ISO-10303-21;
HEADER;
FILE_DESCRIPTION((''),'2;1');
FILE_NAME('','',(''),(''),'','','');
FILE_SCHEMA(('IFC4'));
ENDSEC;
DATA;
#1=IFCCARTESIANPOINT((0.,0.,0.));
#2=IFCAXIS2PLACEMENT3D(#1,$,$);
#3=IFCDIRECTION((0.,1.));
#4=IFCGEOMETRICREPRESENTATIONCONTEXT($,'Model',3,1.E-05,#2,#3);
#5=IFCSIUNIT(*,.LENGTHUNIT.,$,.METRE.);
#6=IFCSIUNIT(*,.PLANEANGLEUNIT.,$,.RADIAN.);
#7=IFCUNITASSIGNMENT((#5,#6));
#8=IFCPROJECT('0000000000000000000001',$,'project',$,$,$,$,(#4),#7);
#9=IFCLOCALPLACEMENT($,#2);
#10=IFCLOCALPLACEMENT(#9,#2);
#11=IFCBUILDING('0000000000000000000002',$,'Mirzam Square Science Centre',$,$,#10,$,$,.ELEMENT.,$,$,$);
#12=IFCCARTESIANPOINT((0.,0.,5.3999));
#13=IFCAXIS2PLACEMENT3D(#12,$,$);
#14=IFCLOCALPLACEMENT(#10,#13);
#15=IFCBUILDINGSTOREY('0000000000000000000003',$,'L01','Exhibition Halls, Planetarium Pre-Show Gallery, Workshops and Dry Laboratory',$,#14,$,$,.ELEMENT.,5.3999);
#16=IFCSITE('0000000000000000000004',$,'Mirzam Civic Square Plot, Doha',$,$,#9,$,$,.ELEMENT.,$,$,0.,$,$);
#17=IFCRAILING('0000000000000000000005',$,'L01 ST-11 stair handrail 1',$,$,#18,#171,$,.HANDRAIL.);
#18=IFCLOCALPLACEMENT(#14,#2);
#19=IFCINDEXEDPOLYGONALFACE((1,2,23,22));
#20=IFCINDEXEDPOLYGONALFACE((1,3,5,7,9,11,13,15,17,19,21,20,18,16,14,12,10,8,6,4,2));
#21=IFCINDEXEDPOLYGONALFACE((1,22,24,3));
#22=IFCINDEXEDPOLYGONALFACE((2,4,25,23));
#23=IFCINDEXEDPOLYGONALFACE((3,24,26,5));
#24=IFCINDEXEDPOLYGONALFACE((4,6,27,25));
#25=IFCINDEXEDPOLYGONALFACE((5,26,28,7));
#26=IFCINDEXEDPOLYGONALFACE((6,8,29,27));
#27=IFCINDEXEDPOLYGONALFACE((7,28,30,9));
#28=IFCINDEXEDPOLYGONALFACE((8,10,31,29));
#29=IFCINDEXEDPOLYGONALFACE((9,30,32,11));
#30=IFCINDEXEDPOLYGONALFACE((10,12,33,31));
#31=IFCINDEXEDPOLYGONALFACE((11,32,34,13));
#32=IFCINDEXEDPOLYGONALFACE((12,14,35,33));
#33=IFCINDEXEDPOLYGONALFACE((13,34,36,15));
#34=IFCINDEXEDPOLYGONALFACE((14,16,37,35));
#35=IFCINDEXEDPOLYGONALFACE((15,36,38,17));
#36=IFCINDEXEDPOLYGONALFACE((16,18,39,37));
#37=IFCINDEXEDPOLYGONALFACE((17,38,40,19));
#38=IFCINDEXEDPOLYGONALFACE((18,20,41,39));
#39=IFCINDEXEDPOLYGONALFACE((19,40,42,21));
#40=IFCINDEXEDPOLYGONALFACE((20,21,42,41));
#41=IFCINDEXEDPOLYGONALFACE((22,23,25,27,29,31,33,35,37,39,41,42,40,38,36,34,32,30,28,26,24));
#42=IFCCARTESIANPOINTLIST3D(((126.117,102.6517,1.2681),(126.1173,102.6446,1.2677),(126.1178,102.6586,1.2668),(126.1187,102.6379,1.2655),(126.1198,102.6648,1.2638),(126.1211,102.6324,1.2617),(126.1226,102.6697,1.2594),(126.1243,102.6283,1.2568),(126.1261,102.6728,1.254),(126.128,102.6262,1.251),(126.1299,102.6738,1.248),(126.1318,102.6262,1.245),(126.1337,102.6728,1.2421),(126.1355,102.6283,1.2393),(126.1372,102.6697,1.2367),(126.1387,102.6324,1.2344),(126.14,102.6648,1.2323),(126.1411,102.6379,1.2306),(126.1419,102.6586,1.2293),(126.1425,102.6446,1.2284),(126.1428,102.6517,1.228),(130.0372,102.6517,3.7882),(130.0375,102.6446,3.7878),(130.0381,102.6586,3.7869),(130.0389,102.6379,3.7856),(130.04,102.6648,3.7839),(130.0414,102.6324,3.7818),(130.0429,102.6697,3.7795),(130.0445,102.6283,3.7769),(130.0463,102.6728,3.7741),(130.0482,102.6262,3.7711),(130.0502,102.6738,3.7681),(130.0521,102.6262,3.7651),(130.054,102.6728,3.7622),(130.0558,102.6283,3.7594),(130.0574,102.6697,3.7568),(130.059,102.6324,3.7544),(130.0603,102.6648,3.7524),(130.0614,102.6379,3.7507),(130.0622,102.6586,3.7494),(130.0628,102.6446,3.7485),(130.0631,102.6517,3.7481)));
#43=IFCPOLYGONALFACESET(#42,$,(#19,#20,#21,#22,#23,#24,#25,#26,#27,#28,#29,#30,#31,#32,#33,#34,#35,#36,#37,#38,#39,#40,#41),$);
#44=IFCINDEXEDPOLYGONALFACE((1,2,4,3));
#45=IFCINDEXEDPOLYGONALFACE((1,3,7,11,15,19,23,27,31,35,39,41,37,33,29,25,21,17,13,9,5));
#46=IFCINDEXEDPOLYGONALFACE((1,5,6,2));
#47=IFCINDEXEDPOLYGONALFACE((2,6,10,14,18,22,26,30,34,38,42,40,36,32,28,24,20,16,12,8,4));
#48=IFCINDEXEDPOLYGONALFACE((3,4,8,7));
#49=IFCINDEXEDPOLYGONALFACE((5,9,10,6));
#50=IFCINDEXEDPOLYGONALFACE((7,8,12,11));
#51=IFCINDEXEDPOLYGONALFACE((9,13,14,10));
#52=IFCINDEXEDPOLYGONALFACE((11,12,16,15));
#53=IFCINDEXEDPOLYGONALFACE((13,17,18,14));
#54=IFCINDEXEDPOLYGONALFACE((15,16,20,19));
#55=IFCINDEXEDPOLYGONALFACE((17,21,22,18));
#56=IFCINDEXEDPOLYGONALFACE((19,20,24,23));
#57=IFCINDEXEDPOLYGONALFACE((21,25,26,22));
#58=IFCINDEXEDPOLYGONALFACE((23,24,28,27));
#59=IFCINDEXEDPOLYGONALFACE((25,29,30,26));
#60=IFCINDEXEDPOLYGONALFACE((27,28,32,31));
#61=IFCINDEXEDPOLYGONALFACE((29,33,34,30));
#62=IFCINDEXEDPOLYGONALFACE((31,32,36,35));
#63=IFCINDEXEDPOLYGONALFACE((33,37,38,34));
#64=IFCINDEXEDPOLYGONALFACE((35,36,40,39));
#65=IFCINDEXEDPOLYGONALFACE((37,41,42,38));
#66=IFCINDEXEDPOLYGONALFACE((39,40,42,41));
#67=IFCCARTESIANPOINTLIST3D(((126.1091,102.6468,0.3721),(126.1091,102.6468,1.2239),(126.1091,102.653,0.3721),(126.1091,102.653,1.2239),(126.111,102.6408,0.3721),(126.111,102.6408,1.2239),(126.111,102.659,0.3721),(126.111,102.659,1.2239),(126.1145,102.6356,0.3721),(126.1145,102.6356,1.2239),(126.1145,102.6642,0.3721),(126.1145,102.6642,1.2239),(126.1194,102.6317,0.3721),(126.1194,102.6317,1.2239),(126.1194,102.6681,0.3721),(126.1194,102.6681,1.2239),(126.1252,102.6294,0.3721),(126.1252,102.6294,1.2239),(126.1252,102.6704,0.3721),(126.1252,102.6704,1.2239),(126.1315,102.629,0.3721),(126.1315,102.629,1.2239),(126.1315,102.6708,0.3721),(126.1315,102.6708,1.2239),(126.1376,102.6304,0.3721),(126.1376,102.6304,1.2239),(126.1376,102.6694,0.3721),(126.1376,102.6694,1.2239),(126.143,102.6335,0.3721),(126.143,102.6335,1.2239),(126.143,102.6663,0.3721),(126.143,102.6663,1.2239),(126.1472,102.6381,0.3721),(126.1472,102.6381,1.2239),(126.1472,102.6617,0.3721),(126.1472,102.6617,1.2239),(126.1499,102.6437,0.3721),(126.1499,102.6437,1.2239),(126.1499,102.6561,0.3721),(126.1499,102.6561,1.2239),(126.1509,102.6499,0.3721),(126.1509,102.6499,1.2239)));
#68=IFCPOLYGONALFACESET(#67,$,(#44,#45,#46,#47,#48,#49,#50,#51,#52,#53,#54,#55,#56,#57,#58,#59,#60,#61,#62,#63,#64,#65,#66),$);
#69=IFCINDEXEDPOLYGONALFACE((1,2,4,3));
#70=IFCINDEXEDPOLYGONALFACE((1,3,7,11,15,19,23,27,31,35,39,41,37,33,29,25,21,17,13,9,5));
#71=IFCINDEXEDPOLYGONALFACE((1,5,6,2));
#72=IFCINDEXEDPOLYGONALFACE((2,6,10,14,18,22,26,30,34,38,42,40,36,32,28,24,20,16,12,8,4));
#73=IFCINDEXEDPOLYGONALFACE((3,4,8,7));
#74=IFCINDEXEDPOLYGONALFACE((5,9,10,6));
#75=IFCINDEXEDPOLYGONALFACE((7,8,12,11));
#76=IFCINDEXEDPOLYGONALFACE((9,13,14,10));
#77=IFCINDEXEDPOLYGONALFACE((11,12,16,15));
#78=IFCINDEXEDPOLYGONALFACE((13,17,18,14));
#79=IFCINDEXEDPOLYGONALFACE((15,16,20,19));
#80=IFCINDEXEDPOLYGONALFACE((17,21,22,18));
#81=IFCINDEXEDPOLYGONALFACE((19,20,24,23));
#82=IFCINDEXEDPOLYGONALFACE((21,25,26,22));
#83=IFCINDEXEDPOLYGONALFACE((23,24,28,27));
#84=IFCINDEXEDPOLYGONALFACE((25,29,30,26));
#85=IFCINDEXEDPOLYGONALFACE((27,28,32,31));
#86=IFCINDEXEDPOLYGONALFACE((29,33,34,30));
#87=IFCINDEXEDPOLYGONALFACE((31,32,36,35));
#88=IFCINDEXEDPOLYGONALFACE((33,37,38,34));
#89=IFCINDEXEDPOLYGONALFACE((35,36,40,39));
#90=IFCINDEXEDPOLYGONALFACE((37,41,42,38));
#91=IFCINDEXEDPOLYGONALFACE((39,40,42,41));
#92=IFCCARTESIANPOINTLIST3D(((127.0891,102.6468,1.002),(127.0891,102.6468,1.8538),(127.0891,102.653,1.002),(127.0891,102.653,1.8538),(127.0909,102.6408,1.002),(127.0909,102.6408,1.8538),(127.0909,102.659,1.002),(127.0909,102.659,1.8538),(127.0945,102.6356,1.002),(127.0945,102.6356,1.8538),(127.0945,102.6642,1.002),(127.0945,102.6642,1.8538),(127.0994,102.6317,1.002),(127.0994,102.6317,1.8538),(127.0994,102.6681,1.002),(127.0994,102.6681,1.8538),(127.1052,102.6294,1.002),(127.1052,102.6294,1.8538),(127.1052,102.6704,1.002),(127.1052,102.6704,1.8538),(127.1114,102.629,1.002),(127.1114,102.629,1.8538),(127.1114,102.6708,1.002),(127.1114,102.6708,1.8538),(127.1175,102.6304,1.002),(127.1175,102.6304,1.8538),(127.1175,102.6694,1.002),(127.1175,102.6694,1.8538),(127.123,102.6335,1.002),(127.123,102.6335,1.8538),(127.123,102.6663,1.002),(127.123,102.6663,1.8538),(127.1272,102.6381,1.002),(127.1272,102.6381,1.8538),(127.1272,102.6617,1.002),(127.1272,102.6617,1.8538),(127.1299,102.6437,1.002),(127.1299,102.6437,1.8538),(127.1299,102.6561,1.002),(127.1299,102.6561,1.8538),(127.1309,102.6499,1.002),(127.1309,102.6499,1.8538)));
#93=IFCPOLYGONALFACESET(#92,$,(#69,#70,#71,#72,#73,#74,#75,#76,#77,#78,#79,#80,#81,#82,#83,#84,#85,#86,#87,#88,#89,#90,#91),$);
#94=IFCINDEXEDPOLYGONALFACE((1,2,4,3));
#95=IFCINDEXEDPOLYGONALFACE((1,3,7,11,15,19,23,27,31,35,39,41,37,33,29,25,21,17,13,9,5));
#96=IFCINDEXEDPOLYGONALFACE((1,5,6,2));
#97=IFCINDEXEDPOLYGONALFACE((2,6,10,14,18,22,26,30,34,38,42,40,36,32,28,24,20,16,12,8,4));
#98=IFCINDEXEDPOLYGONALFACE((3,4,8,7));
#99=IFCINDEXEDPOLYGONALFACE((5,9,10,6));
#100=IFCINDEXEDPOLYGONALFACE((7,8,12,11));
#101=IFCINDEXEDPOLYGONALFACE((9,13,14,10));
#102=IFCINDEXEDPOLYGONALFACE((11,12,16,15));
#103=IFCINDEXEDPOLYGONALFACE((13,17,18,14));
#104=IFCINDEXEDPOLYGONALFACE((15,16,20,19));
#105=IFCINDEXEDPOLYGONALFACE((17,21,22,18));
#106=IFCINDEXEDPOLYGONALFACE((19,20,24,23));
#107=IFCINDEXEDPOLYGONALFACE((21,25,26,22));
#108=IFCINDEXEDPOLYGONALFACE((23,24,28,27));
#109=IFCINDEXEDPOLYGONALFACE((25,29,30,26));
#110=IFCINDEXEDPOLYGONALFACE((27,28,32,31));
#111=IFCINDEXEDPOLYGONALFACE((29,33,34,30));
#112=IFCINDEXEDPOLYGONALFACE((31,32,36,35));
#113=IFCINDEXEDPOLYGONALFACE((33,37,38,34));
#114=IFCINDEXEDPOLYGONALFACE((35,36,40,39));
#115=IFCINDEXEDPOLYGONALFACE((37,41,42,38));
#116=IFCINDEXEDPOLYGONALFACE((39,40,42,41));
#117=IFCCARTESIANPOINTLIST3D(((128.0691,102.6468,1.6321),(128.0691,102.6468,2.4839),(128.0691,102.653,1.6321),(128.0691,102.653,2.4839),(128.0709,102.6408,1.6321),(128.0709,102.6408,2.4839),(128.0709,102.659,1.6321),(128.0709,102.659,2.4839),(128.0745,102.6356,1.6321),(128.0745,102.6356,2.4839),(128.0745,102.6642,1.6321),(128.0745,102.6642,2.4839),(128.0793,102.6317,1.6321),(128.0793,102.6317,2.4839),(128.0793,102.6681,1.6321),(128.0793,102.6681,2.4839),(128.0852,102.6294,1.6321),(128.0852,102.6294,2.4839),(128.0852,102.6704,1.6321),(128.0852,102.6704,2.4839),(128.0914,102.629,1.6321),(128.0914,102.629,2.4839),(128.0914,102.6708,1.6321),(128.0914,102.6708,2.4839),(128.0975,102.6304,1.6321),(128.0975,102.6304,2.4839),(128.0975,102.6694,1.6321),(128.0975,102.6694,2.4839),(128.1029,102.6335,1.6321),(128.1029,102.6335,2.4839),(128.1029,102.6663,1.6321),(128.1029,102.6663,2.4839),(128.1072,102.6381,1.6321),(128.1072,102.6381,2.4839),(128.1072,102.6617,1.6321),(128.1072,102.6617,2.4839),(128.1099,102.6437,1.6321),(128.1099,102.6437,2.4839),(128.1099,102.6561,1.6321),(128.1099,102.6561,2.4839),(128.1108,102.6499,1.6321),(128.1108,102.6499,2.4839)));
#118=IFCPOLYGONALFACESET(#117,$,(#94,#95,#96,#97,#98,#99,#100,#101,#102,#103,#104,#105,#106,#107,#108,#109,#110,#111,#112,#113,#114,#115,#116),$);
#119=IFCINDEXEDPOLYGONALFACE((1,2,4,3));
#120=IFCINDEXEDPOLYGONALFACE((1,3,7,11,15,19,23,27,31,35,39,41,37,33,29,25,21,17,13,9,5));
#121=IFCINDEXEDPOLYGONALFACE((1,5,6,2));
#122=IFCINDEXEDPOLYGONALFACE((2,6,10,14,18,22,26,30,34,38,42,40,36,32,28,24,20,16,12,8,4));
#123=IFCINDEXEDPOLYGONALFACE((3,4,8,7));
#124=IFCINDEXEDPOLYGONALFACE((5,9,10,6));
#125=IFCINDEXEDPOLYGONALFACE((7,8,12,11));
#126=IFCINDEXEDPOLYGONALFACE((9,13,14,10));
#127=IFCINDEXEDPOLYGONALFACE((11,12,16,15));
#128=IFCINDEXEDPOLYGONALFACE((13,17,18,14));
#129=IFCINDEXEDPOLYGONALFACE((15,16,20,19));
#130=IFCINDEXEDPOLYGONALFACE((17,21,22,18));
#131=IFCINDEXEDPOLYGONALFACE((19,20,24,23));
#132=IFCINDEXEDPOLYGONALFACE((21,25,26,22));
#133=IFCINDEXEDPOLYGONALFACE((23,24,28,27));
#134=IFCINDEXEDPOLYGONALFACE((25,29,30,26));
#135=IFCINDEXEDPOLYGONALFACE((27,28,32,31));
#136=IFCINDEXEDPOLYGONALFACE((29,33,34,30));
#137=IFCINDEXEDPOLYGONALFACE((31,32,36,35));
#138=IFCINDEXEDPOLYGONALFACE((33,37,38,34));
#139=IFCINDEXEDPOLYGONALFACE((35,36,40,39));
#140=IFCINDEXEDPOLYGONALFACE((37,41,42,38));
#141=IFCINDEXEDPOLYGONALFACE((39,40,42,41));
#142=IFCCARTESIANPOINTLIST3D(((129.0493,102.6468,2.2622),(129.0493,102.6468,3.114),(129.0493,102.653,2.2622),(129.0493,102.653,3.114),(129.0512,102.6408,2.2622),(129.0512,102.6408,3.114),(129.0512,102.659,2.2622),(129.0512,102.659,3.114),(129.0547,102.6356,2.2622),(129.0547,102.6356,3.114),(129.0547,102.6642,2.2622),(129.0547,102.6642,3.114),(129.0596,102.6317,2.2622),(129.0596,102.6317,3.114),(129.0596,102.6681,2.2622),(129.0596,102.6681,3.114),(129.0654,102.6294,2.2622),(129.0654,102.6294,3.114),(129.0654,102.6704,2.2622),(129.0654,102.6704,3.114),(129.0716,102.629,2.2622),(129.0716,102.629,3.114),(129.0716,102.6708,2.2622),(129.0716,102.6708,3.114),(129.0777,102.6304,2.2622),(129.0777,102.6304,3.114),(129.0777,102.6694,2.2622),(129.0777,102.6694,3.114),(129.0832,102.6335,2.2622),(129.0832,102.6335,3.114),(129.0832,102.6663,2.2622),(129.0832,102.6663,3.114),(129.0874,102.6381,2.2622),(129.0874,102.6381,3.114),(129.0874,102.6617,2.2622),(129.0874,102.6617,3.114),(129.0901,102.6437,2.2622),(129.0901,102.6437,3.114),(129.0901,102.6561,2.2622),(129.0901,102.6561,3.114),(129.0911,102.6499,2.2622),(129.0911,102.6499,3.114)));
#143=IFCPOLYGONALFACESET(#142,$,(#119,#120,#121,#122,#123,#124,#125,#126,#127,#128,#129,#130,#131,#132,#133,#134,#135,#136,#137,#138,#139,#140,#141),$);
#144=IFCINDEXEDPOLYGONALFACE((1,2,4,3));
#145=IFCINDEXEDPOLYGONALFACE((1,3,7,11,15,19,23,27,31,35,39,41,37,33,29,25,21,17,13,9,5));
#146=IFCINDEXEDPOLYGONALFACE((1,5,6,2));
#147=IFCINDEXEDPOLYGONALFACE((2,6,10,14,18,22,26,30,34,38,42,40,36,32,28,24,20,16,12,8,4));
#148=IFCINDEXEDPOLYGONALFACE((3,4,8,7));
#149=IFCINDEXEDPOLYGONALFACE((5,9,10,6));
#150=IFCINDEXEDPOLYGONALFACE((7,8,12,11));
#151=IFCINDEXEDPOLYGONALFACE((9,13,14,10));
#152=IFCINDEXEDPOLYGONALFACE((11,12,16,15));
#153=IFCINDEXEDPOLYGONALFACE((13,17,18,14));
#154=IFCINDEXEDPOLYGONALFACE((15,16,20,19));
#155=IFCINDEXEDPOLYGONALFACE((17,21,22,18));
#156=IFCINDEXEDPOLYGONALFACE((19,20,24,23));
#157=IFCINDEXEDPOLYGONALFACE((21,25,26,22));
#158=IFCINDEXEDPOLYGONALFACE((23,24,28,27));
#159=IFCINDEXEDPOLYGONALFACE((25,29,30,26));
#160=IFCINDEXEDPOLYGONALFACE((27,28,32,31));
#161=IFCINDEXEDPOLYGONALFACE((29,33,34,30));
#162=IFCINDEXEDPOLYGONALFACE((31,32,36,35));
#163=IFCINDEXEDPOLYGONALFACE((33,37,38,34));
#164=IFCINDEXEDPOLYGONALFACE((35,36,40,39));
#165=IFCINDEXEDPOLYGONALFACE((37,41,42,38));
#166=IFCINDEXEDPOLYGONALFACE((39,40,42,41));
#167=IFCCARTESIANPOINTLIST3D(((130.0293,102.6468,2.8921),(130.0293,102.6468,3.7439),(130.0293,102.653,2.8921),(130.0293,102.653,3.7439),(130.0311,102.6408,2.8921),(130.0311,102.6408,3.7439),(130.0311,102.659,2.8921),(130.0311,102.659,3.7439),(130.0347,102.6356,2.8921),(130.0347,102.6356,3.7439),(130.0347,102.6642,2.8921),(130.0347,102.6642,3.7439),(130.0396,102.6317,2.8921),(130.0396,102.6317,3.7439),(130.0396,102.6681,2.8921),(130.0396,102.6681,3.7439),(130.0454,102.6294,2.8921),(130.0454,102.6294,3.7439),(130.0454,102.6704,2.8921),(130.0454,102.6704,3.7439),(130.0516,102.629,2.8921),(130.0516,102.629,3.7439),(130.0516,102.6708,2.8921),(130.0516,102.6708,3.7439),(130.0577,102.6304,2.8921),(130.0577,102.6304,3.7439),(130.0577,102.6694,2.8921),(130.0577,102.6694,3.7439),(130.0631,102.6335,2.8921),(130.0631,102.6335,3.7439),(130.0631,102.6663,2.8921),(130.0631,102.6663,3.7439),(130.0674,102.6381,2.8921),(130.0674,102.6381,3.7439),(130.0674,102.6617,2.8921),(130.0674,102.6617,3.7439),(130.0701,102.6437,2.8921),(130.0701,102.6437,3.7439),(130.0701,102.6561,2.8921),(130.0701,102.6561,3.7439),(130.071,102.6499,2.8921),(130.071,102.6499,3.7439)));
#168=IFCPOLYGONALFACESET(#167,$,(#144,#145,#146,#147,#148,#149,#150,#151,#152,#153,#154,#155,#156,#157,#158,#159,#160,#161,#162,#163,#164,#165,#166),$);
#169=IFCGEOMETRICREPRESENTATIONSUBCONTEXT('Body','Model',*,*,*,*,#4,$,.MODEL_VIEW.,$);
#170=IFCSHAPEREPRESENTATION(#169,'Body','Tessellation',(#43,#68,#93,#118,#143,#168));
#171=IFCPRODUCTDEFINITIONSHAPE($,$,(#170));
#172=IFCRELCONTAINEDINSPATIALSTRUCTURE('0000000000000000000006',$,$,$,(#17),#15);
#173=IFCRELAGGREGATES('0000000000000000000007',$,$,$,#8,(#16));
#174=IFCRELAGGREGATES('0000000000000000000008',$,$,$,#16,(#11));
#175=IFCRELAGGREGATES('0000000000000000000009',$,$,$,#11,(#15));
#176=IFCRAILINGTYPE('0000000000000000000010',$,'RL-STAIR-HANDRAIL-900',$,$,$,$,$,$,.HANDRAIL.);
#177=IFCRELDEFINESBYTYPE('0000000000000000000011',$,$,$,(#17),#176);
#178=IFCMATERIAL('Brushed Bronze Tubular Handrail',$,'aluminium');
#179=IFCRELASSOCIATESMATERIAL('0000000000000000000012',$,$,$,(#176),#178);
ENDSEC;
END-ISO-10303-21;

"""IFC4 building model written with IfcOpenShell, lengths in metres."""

from ifc_helpers import new_model, si_unit, direction, frame, origin, origin_2d, place, context, subcontext, project, spatial, circle, extrude, material, type_object, element, save


model = new_model("IFC4")

# Units and contexts
model_context = context("Model", 3, precision=1e-05, world=origin(), true_north=direction((0.0, 1.0)))
body_context = subcontext(model_context, "Body", "Model", "MODEL_VIEW")
ifc_project = project(units=[si_unit("LENGTHUNIT", "METRE"), si_unit("PLANEANGLEUNIT", "RADIAN")], contexts=[model_context])

# Site, building, storey
site_placement = place(None, origin())
site = spatial("IfcSite", under=ifc_project, at=site_placement, Name="Mirzam Civic Square Plot, Doha", CompositionType="ELEMENT", RefElevation=0.0)
building_placement = place(site_placement, origin())
building = spatial("IfcBuilding", under=site, at=building_placement, Name="Mirzam Square Science Centre", CompositionType="ELEMENT")
storey_placement = place(building_placement, frame((0.0, 0.0, 5.3999)))
storey = spatial("IfcBuildingStorey", under=building, at=storey_placement, Name="L01", Description="Exhibition Halls, Planetarium Pre-Show Gallery, Workshops and Dry Laboratory", CompositionType="ELEMENT", Elevation=5.3999)

# Railing
ifc_material_1 = material(Name="Brushed Bronze Tubular Handrail", Category="aluminium")
railing_type = type_object("IfcRailingType", Name="RL-STAIR-HANDRAIL-900", PredefinedType="HANDRAIL", material=ifc_material_1)
railing_placement = place(storey_placement, frame((126.1299, 102.6499, 0.3721)))
element("IfcRailing", 1, at=railing_placement, inside=storey, type_object=railing_type, Name="L01 ST-11 stair handrail 1", PredefinedType="HANDRAIL", context=body_context, shape_type="SweptSolid", body=[
    extrude(circle(Radius=0.0239, at=origin_2d()), frame((0.0, 0.0, 0.876), z_axis=(0.841187, 0.0, 0.540744), x_axis=(0.0, 1.0, 0.0)), (0.0, 0.0, 1.0), 4.6604),
    extrude(circle(Radius=0.021, at=origin_2d()), origin(), (0.0, 0.0, 1.0), 0.8518),
    extrude(circle(Radius=0.021, at=origin_2d()), frame((0.98, 0.0, 0.6299)), (0.0, 0.0, 1.0), 0.8518),
    extrude(circle(Radius=0.021, at=origin_2d()), frame((1.96, 0.0, 1.26)), (0.0, 0.0, 1.0), 0.8518),
    extrude(circle(Radius=0.021, at=origin_2d()), frame((2.9402, 0.0, 1.8901)), (0.0, 0.0, 1.0), 0.8518),
    extrude(circle(Radius=0.021, at=origin_2d()), frame((3.9202, 0.0, 2.52)), (0.0, 0.0, 1.0), 0.8518),
])

save(model, "model.ifc")
